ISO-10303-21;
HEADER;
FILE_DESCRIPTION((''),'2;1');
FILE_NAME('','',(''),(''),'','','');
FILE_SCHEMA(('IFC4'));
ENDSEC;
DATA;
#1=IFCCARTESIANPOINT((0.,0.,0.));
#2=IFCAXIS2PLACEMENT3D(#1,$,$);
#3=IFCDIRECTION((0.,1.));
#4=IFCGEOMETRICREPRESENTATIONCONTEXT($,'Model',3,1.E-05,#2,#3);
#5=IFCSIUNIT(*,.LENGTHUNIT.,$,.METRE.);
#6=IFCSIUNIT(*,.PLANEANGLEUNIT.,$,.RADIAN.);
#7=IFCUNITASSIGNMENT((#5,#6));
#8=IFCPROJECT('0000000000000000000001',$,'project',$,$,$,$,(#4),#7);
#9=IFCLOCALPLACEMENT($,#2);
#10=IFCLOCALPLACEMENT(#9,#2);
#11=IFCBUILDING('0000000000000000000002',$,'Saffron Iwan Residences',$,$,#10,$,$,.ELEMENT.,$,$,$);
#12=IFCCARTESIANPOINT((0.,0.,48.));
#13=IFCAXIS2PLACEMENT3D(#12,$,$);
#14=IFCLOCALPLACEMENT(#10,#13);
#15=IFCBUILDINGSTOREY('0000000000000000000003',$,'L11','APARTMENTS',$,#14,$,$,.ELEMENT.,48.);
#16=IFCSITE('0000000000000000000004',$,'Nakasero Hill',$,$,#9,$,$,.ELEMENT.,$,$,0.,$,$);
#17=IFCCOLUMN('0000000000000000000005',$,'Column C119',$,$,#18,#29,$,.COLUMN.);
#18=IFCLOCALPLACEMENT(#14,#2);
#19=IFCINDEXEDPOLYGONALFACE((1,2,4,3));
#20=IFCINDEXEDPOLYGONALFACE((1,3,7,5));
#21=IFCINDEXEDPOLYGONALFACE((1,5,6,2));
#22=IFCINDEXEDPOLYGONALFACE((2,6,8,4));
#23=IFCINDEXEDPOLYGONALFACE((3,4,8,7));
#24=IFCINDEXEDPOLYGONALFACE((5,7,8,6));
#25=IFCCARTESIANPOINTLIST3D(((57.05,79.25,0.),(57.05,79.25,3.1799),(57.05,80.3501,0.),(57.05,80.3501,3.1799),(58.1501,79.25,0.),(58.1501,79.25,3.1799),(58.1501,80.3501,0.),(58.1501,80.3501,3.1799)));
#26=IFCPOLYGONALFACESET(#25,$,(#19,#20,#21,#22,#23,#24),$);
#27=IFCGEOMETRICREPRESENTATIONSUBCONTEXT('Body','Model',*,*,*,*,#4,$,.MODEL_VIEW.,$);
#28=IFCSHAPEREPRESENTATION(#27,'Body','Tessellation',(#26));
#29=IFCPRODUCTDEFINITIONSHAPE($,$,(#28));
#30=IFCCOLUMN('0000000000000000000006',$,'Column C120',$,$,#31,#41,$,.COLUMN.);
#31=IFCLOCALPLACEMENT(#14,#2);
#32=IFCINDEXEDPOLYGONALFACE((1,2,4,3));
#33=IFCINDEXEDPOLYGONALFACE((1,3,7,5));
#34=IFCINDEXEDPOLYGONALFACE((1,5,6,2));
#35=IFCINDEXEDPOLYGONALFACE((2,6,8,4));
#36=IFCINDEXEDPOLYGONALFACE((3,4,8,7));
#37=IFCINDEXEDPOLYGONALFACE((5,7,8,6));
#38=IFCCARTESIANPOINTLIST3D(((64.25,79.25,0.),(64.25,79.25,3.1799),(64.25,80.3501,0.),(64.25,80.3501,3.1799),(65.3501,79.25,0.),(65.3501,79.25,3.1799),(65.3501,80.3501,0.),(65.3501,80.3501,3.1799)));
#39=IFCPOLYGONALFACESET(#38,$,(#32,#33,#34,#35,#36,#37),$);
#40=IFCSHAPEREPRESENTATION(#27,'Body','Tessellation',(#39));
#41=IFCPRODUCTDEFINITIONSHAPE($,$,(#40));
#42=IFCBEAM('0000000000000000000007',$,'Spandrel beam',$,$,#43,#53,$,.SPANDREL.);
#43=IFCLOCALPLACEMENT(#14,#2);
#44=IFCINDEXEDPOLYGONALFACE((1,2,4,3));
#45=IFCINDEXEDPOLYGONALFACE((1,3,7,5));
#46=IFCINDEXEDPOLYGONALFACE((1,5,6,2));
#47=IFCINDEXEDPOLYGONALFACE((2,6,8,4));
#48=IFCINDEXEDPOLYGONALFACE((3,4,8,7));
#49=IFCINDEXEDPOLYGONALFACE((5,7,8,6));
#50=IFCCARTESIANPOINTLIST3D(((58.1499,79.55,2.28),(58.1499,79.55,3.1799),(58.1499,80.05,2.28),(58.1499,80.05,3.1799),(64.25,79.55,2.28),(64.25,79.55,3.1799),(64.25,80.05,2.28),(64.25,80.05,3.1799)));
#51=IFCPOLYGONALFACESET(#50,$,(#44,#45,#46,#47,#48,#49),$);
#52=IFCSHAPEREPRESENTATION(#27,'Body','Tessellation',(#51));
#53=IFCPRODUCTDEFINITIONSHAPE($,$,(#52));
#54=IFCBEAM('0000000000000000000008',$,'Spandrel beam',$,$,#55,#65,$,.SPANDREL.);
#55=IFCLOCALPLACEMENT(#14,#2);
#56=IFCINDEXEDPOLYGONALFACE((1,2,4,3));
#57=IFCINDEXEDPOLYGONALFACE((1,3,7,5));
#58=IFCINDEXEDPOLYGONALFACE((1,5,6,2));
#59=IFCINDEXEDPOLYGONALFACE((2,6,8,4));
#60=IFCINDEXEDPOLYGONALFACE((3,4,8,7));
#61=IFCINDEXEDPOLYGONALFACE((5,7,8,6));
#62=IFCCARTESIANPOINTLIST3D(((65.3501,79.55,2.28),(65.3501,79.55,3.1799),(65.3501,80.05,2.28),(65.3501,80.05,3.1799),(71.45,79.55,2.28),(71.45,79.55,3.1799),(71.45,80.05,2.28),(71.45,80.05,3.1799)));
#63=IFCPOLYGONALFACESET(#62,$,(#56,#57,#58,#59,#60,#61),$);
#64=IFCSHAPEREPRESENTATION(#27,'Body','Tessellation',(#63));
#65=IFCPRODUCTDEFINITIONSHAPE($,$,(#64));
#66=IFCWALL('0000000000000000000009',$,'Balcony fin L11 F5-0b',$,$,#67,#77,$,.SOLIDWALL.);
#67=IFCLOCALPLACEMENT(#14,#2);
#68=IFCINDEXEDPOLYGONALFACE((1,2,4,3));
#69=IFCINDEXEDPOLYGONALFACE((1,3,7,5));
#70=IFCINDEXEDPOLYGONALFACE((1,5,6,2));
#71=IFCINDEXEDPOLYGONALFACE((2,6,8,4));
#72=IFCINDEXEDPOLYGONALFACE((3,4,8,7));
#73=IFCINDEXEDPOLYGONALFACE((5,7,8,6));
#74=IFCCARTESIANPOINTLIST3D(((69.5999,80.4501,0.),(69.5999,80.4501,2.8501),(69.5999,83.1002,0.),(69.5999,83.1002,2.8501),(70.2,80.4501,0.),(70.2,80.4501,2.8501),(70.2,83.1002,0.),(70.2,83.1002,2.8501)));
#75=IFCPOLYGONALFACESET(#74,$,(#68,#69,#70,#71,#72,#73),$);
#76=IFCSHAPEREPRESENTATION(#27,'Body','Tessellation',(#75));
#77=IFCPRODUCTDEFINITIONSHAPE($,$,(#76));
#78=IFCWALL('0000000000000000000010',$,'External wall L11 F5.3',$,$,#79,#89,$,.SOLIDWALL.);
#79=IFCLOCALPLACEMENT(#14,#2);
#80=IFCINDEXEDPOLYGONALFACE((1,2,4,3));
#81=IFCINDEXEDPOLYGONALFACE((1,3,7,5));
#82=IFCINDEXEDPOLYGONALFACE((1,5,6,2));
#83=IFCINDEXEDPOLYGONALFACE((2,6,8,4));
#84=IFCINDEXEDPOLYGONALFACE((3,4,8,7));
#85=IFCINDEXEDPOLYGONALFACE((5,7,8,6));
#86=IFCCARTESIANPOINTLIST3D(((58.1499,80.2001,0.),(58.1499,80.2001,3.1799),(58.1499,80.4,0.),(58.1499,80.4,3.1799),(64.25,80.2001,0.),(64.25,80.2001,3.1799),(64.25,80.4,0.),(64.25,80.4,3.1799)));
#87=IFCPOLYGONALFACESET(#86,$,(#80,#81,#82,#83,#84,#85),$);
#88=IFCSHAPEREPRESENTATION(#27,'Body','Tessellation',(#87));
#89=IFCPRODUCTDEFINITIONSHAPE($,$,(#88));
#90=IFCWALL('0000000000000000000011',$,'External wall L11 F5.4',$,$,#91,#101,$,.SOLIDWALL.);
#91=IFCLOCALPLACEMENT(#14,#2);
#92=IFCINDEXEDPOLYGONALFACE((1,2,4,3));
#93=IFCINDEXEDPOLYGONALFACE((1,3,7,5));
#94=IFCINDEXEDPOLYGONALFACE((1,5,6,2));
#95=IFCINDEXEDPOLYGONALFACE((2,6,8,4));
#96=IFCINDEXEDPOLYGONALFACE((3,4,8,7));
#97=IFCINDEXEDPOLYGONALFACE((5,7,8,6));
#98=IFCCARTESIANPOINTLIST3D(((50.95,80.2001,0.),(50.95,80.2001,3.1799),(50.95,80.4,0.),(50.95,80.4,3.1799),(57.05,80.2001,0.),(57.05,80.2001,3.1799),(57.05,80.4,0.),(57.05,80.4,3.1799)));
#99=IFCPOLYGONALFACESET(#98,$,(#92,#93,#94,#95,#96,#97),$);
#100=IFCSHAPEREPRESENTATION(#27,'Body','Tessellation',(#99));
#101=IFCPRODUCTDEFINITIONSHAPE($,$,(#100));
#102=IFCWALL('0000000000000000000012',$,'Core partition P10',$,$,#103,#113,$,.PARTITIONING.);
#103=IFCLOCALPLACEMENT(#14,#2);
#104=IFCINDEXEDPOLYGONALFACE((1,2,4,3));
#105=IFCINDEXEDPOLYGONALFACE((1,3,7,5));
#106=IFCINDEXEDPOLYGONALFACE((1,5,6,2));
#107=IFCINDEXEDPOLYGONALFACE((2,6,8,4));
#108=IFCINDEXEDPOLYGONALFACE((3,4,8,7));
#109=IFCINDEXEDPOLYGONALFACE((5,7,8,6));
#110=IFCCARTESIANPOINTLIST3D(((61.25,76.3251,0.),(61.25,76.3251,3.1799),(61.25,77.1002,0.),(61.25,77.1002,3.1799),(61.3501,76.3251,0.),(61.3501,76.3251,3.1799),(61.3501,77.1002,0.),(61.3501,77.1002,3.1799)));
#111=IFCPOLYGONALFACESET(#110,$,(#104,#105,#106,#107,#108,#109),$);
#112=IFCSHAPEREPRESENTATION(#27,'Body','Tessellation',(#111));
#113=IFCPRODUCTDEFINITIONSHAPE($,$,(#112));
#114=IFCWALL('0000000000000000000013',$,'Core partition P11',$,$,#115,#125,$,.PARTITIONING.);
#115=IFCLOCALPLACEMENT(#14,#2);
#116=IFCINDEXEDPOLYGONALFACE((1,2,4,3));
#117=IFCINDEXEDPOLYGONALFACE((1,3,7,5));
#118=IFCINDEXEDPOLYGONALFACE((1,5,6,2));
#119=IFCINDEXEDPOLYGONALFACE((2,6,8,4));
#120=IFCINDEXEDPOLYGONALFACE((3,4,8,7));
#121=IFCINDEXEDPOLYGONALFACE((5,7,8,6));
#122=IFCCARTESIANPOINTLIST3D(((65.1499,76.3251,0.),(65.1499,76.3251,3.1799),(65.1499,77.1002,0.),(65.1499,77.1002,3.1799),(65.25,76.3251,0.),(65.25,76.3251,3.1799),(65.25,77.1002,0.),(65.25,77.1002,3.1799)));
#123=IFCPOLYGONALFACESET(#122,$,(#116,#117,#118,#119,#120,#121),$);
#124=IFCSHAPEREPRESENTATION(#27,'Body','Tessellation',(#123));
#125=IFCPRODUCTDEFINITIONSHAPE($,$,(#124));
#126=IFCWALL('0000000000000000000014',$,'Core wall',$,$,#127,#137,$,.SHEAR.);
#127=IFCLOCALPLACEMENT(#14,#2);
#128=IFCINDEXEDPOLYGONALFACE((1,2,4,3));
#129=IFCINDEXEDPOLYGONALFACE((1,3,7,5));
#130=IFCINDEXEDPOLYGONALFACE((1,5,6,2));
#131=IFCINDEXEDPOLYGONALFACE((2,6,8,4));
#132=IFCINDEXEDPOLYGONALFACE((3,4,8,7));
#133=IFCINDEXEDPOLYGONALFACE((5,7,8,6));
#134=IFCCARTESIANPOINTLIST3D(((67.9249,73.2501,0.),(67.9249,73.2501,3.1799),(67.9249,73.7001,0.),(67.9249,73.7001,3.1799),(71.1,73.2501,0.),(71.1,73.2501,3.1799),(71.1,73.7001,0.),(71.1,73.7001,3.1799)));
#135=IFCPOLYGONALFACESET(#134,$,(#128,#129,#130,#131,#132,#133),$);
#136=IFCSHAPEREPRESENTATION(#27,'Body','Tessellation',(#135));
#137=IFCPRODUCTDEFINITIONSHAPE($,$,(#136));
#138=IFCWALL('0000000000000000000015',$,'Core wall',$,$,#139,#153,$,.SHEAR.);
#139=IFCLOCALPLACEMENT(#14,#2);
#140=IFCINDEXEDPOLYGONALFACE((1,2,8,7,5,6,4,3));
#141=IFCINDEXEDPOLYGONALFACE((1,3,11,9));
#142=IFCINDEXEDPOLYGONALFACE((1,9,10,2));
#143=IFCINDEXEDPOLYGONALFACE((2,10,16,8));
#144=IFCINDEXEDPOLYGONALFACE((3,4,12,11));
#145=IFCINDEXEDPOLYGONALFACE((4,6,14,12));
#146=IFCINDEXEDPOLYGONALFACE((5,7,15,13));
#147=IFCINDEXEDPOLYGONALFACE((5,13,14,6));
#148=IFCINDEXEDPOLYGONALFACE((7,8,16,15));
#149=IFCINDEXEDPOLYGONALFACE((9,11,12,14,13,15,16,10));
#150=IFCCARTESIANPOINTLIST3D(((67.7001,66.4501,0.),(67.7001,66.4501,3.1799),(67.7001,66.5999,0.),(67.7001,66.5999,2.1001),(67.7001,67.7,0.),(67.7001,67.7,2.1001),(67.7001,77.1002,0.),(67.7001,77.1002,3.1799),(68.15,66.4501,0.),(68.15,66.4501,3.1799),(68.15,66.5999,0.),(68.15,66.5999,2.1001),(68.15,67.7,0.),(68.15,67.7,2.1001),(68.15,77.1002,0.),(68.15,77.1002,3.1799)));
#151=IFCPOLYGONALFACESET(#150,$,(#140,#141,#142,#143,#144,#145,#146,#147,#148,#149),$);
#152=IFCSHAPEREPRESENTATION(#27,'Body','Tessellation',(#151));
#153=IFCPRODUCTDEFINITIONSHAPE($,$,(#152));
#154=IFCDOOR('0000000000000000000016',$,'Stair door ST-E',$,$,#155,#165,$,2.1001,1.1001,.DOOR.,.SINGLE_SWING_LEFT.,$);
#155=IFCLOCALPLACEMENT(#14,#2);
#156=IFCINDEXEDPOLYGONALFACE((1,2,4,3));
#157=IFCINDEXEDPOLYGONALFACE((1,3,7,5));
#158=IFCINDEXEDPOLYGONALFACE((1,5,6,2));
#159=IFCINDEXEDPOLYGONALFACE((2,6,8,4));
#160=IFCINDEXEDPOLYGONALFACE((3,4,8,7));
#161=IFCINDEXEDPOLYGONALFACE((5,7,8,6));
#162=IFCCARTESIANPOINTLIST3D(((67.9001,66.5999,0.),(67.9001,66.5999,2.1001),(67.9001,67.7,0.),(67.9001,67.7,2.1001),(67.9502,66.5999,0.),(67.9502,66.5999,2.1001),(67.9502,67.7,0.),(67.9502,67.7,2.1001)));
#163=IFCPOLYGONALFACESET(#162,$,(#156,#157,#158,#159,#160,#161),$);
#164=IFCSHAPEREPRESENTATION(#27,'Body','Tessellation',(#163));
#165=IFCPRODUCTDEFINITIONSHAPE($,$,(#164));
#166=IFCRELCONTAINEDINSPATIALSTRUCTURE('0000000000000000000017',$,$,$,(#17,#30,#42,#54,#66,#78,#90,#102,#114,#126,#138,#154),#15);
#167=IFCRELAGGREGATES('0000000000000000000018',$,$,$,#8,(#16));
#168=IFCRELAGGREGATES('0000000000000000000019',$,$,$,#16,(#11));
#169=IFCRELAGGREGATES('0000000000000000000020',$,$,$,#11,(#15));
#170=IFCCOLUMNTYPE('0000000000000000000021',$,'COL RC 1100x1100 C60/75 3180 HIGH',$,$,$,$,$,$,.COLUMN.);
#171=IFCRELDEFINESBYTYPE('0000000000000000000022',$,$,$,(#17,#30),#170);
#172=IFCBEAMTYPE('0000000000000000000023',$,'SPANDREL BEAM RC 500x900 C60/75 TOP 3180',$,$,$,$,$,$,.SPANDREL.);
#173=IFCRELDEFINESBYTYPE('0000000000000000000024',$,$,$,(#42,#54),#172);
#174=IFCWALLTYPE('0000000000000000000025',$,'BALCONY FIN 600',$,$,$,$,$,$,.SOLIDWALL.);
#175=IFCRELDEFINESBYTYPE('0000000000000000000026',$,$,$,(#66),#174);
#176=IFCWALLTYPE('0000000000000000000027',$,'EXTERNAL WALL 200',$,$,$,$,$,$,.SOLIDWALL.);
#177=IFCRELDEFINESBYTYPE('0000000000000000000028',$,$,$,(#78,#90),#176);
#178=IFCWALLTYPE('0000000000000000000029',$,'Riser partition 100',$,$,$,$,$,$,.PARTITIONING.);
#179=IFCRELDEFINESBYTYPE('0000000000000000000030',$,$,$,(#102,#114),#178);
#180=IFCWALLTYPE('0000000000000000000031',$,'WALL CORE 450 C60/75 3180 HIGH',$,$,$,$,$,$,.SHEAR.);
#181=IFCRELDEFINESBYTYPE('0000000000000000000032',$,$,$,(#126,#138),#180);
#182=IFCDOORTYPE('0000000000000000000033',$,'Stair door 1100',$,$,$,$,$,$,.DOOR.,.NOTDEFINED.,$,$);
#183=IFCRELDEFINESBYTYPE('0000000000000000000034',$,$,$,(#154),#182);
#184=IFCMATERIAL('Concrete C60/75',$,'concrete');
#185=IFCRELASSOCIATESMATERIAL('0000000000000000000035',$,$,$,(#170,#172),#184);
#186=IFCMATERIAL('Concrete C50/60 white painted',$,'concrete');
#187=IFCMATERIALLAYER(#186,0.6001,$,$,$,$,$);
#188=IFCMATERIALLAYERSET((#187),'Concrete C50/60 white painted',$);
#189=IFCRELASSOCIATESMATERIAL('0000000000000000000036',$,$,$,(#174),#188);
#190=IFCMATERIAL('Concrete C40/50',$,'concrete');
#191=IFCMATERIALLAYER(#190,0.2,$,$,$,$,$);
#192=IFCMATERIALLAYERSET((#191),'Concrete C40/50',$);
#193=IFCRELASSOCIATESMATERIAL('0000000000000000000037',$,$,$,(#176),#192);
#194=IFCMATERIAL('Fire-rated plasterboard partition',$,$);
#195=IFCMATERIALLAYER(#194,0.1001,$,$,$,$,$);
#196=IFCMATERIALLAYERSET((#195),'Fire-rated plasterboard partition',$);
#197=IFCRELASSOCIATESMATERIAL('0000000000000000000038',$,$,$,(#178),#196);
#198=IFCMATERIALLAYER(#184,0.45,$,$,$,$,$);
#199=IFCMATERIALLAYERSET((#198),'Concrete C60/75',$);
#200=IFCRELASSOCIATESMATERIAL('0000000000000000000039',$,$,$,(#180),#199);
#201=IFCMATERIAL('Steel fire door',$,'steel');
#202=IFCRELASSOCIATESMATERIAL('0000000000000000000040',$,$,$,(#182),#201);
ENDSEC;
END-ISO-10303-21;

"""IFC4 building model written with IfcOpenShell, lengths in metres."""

from ifc_helpers import new_model, si_unit, direction, frame, frame_2d, origin, origin_2d, place, context, subcontext, project, spatial, rectangle, extrude, source, transform, mapped, material, layer, layer_set, material_profile, profile_set, type_object, element, fill, save


model = new_model("IFC4")

# Units and contexts
model_context = context("Model", 3, precision=1e-05, world=origin(), true_north=direction((0.0, 1.0)))
body_context = subcontext(model_context, "Body", "Model", "MODEL_VIEW")
ifc_project = project(units=[si_unit("LENGTHUNIT", "METRE"), si_unit("PLANEANGLEUNIT", "RADIAN")], contexts=[model_context])

# Site, building, storey
site_placement = place(None, origin())
site = spatial("IfcSite", under=ifc_project, at=site_placement, Name="Nakasero Hill", CompositionType="ELEMENT", RefElevation=0.0)
building_placement = place(site_placement, origin())
building = spatial("IfcBuilding", under=site, at=building_placement, Name="Saffron Iwan Residences", CompositionType="ELEMENT")
storey_placement = place(building_placement, frame((0.0, 0.0, 48.0)))
storey = spatial("IfcBuildingStorey", under=building, at=storey_placement, Name="L11", Description="APARTMENTS", CompositionType="ELEMENT", Elevation=48.0)

# Columns
ifc_material_1 = material(Name="Concrete C60/75", Category="concrete")
ifc_material_profile_1 = material_profile(ifc_material_1, rectangle(XDim=1.1001, YDim=1.1001, at=origin_2d()), Name="RC 1100x1100")
ifc_profile_set_1 = profile_set([ifc_material_profile_1], Name="Concrete C60/75")
column_type = type_object("IfcColumnType", Name="COL RC 1100x1100 C60/75 3180 HIGH", PredefinedType="COLUMN", material=ifc_profile_set_1)
shared_shape_1 = source(origin(), body_context, "Body", "SweptSolid", [
    extrude(rectangle(XDim=1.1001, YDim=1.1001, at=origin_2d()), origin(), (0.0, 0.0, 1.0), 3.1799),
])
for number, where, z_axis, x_axis, name in (
    (1, (57.6001, 79.8, 0.0), (0.0, 0.0, 1.0), (1.0, 0.0, 0.0), "Column C119"),
    (2, (64.8, 79.8, 0.0), (0.0, 0.0, 1.0), (1.0, 0.0, 0.0), "Column C120"),
):
    element("IfcColumn", number, at=place(storey_placement, frame(where, z_axis=z_axis, x_axis=x_axis)), inside=storey, type_object=column_type, Name=name, PredefinedType="COLUMN", context=body_context, shape_type="MappedRepresentation", body=[
        mapped(shared_shape_1, transform((0.0, 0.0, 0.0))),
    ])

# Beams
ifc_material_profile_2 = material_profile(ifc_material_1, rectangle(XDim=0.5, YDim=0.8999, at=origin_2d()), Name="RC 500x900")
ifc_profile_set_2 = profile_set([ifc_material_profile_2], Name="Concrete C60/75")
beam_type = type_object("IfcBeamType", Name="SPANDREL BEAM RC 500x900 C60/75 TOP 3180", PredefinedType="SPANDREL", material=ifc_profile_set_2)
shared_shape_2 = source(origin(), body_context, "Body", "SweptSolid", [
    extrude(rectangle(XDim=0.5, YDim=0.8999, at=origin_2d()), origin(), (0.0, 0.0, 1.0), 6.1001),
])
beam_1_placement = place(storey_placement, frame((58.1499, 79.8, 2.73), z_axis=(1.0, 0.0, 0.0), x_axis=(0.0, 1.0, 0.0)))
element("IfcBeam", 3, at=beam_1_placement, inside=storey, type_object=beam_type, Name="Spandrel beam", PredefinedType="SPANDREL", context=body_context, shape_type="MappedRepresentation", body=[
    mapped(shared_shape_2, transform((0.0, 0.0, 0.0))),
])
shared_shape_3 = source(origin(), body_context, "Body", "SweptSolid", [
    extrude(rectangle(XDim=0.5, YDim=0.8999, at=origin_2d()), origin(), (0.0, 0.0, 1.0), 6.0999),
])
beam_2_placement = place(storey_placement, frame((65.3501, 79.8, 2.73), z_axis=(1.0, 0.0, 0.0), x_axis=(0.0, 1.0, 0.0)))
element("IfcBeam", 4, at=beam_2_placement, inside=storey, type_object=beam_type, Name="Spandrel beam", PredefinedType="SPANDREL", context=body_context, shape_type="MappedRepresentation", body=[
    mapped(shared_shape_3, transform((0.0, 0.0, 0.0))),
])

# Walls
ifc_material_2 = material(Name="Concrete C50/60 white painted", Category="concrete")
ifc_layer_1 = layer(ifc_material_2, 0.6001)
ifc_layer_set_1 = layer_set([ifc_layer_1], Name="Concrete C50/60 white painted")
wall_type_1 = type_object("IfcWallType", Name="BALCONY FIN 600", PredefinedType="SOLIDWALL", material=ifc_layer_set_1)
wall_1_placement = place(storey_placement, frame((69.8999, 80.45, 0.0), z_axis=(0.0, 0.0, 1.0), x_axis=(0.0, 1.0, 0.0)))
element("IfcWall", 5, at=wall_1_placement, inside=storey, type_object=wall_type_1, Name="Balcony fin L11 F5-0b", PredefinedType="SOLIDWALL", context=body_context, shape_type="SweptSolid", body=[
    extrude(rectangle(XDim=2.6501, YDim=0.6001, at=frame_2d((1.3252, 0.0))), origin(), (0.0, 0.0, 1.0), 2.8501),
])
ifc_material_3 = material(Name="Concrete C40/50", Category="concrete")
ifc_layer_2 = layer(ifc_material_3, 0.2)
ifc_layer_set_2 = layer_set([ifc_layer_2], Name="Concrete C40/50")
wall_type_2 = type_object("IfcWallType", Name="EXTERNAL WALL 200", PredefinedType="SOLIDWALL", material=ifc_layer_set_2)
for number, where, z_axis, x_axis, name in (
    (6, (64.25, 80.3, 0.0), (0.0, 0.0, 1.0), (-1.0, 0.0, 0.0), "External wall L11 F5.3"),
    (7, (57.05, 80.3, 0.0), (0.0, 0.0, 1.0), (-1.0, 0.0, 0.0), "External wall L11 F5.4"),
):
    element("IfcWall", number, at=place(storey_placement, frame(where, z_axis=z_axis, x_axis=x_axis)), inside=storey, type_object=wall_type_2, Name=name, PredefinedType="SOLIDWALL", context=body_context, shape_type="SweptSolid", body=[
        extrude(rectangle(XDim=6.1001, YDim=0.2, at=frame_2d((3.05, 0.0))), origin(), (0.0, 0.0, 1.0), 3.1799),
    ])
ifc_material_4 = material(Name="Fire-rated plasterboard partition")
ifc_layer_3 = layer(ifc_material_4, 0.1001)
ifc_layer_set_3 = layer_set([ifc_layer_3], Name="Fire-rated plasterboard partition")
wall_type_3 = type_object("IfcWallType", Name="Riser partition 100", PredefinedType="PARTITIONING", material=ifc_layer_set_3)
for number, where, z_axis, x_axis, name in (
    (8, (61.3, 76.325, 0.0), (0.0, 0.0, 1.0), (0.0, 1.0, 0.0), "Core partition P10"),
    (9, (65.2, 76.325, 0.0), (0.0, 0.0, 1.0), (0.0, 1.0, 0.0), "Core partition P11"),
):
    element("IfcWall", number, at=place(storey_placement, frame(where, z_axis=z_axis, x_axis=x_axis)), inside=storey, type_object=wall_type_3, Name=name, PredefinedType="PARTITIONING", context=body_context, shape_type="SweptSolid", body=[
        extrude(rectangle(XDim=0.7751, YDim=0.1001, at=frame_2d((0.3877, 0.0))), origin(), (0.0, 0.0, 1.0), 3.1799),
    ])
ifc_layer_4 = layer(ifc_material_1, 0.45)
ifc_layer_set_4 = layer_set([ifc_layer_4], Name="Concrete C60/75")
wall_type_4 = type_object("IfcWallType", Name="WALL CORE 450 C60/75 3180 HIGH", PredefinedType="SHEAR", material=ifc_layer_set_4)
wall_2_placement = place(storey_placement, frame((67.925, 73.4751, 0.0), z_axis=(0.0, 0.0, 1.0), x_axis=(1.0, 0.0, 0.0)))
element("IfcWall", 10, at=wall_2_placement, inside=storey, type_object=wall_type_4, Name="Core wall", PredefinedType="SHEAR", context=body_context, shape_type="SweptSolid", body=[
    extrude(rectangle(XDim=3.175, YDim=0.45, at=frame_2d((1.5874, 0.0))), origin(), (0.0, 0.0, 1.0), 3.1799),
])

# Wall, opening, door
wall_3_placement = place(storey_placement, frame((67.925, 66.45, 0.0), z_axis=(0.0, 0.0, 1.0), x_axis=(0.0, 1.0, 0.0)))
wall_3 = element("IfcWall", 11, at=wall_3_placement, inside=storey, type_object=wall_type_4, Name="Core wall", PredefinedType="SHEAR", context=body_context, shape_type="SweptSolid", body=[
    extrude(rectangle(XDim=10.6501, YDim=0.45, at=frame_2d((5.3252, 0.0))), origin(), (0.0, 0.0, 1.0), 3.1799),
])
opening_1_placement = place(wall_3_placement, frame((0.1499, 0.0, 0.0)))
opening_1 = element("IfcOpeningElement", 12, at=opening_1_placement, cuts=wall_3, PredefinedType="OPENING", context=body_context, shape_type="SweptSolid", body=[
    extrude(rectangle(XDim=1.1001, YDim=2.1001, at=frame_2d((0.55, 1.05))), frame((0.0, 0.2349, 0.0), z_axis=(0.0, -1.0, 0.0), x_axis=(1.0, 0.0, 0.0)), (0.0, 0.0, 1.0), 0.47),
])
ifc_material_5 = material(Name="Steel fire door", Category="steel")
door_type_1 = type_object("IfcDoorType", Name="Stair door 1100", OperationType="NOTDEFINED", PredefinedType="DOOR", material=ifc_material_5)
door_1_placement = place(opening_1_placement, origin())
door_1 = element("IfcDoor", 13, at=door_1_placement, inside=storey, type_object=door_type_1, Name="Stair door ST-E", OperationType="SINGLE_SWING_LEFT", OverallHeight=2.1001, OverallWidth=1.1001, PredefinedType="DOOR", context=body_context, shape_type="SweptSolid", body=[
    extrude(rectangle(XDim=1.1001, YDim=2.1001, at=frame_2d((0.55, 1.05))), frame((0.0, 0.0249, 0.0), z_axis=(0.0, -1.0, 0.0), x_axis=(1.0, 0.0, 0.0)), (0.0, 0.0, 1.0), 0.05),
])
fill(opening_1, door_1)

save(model, "model.ifc")
